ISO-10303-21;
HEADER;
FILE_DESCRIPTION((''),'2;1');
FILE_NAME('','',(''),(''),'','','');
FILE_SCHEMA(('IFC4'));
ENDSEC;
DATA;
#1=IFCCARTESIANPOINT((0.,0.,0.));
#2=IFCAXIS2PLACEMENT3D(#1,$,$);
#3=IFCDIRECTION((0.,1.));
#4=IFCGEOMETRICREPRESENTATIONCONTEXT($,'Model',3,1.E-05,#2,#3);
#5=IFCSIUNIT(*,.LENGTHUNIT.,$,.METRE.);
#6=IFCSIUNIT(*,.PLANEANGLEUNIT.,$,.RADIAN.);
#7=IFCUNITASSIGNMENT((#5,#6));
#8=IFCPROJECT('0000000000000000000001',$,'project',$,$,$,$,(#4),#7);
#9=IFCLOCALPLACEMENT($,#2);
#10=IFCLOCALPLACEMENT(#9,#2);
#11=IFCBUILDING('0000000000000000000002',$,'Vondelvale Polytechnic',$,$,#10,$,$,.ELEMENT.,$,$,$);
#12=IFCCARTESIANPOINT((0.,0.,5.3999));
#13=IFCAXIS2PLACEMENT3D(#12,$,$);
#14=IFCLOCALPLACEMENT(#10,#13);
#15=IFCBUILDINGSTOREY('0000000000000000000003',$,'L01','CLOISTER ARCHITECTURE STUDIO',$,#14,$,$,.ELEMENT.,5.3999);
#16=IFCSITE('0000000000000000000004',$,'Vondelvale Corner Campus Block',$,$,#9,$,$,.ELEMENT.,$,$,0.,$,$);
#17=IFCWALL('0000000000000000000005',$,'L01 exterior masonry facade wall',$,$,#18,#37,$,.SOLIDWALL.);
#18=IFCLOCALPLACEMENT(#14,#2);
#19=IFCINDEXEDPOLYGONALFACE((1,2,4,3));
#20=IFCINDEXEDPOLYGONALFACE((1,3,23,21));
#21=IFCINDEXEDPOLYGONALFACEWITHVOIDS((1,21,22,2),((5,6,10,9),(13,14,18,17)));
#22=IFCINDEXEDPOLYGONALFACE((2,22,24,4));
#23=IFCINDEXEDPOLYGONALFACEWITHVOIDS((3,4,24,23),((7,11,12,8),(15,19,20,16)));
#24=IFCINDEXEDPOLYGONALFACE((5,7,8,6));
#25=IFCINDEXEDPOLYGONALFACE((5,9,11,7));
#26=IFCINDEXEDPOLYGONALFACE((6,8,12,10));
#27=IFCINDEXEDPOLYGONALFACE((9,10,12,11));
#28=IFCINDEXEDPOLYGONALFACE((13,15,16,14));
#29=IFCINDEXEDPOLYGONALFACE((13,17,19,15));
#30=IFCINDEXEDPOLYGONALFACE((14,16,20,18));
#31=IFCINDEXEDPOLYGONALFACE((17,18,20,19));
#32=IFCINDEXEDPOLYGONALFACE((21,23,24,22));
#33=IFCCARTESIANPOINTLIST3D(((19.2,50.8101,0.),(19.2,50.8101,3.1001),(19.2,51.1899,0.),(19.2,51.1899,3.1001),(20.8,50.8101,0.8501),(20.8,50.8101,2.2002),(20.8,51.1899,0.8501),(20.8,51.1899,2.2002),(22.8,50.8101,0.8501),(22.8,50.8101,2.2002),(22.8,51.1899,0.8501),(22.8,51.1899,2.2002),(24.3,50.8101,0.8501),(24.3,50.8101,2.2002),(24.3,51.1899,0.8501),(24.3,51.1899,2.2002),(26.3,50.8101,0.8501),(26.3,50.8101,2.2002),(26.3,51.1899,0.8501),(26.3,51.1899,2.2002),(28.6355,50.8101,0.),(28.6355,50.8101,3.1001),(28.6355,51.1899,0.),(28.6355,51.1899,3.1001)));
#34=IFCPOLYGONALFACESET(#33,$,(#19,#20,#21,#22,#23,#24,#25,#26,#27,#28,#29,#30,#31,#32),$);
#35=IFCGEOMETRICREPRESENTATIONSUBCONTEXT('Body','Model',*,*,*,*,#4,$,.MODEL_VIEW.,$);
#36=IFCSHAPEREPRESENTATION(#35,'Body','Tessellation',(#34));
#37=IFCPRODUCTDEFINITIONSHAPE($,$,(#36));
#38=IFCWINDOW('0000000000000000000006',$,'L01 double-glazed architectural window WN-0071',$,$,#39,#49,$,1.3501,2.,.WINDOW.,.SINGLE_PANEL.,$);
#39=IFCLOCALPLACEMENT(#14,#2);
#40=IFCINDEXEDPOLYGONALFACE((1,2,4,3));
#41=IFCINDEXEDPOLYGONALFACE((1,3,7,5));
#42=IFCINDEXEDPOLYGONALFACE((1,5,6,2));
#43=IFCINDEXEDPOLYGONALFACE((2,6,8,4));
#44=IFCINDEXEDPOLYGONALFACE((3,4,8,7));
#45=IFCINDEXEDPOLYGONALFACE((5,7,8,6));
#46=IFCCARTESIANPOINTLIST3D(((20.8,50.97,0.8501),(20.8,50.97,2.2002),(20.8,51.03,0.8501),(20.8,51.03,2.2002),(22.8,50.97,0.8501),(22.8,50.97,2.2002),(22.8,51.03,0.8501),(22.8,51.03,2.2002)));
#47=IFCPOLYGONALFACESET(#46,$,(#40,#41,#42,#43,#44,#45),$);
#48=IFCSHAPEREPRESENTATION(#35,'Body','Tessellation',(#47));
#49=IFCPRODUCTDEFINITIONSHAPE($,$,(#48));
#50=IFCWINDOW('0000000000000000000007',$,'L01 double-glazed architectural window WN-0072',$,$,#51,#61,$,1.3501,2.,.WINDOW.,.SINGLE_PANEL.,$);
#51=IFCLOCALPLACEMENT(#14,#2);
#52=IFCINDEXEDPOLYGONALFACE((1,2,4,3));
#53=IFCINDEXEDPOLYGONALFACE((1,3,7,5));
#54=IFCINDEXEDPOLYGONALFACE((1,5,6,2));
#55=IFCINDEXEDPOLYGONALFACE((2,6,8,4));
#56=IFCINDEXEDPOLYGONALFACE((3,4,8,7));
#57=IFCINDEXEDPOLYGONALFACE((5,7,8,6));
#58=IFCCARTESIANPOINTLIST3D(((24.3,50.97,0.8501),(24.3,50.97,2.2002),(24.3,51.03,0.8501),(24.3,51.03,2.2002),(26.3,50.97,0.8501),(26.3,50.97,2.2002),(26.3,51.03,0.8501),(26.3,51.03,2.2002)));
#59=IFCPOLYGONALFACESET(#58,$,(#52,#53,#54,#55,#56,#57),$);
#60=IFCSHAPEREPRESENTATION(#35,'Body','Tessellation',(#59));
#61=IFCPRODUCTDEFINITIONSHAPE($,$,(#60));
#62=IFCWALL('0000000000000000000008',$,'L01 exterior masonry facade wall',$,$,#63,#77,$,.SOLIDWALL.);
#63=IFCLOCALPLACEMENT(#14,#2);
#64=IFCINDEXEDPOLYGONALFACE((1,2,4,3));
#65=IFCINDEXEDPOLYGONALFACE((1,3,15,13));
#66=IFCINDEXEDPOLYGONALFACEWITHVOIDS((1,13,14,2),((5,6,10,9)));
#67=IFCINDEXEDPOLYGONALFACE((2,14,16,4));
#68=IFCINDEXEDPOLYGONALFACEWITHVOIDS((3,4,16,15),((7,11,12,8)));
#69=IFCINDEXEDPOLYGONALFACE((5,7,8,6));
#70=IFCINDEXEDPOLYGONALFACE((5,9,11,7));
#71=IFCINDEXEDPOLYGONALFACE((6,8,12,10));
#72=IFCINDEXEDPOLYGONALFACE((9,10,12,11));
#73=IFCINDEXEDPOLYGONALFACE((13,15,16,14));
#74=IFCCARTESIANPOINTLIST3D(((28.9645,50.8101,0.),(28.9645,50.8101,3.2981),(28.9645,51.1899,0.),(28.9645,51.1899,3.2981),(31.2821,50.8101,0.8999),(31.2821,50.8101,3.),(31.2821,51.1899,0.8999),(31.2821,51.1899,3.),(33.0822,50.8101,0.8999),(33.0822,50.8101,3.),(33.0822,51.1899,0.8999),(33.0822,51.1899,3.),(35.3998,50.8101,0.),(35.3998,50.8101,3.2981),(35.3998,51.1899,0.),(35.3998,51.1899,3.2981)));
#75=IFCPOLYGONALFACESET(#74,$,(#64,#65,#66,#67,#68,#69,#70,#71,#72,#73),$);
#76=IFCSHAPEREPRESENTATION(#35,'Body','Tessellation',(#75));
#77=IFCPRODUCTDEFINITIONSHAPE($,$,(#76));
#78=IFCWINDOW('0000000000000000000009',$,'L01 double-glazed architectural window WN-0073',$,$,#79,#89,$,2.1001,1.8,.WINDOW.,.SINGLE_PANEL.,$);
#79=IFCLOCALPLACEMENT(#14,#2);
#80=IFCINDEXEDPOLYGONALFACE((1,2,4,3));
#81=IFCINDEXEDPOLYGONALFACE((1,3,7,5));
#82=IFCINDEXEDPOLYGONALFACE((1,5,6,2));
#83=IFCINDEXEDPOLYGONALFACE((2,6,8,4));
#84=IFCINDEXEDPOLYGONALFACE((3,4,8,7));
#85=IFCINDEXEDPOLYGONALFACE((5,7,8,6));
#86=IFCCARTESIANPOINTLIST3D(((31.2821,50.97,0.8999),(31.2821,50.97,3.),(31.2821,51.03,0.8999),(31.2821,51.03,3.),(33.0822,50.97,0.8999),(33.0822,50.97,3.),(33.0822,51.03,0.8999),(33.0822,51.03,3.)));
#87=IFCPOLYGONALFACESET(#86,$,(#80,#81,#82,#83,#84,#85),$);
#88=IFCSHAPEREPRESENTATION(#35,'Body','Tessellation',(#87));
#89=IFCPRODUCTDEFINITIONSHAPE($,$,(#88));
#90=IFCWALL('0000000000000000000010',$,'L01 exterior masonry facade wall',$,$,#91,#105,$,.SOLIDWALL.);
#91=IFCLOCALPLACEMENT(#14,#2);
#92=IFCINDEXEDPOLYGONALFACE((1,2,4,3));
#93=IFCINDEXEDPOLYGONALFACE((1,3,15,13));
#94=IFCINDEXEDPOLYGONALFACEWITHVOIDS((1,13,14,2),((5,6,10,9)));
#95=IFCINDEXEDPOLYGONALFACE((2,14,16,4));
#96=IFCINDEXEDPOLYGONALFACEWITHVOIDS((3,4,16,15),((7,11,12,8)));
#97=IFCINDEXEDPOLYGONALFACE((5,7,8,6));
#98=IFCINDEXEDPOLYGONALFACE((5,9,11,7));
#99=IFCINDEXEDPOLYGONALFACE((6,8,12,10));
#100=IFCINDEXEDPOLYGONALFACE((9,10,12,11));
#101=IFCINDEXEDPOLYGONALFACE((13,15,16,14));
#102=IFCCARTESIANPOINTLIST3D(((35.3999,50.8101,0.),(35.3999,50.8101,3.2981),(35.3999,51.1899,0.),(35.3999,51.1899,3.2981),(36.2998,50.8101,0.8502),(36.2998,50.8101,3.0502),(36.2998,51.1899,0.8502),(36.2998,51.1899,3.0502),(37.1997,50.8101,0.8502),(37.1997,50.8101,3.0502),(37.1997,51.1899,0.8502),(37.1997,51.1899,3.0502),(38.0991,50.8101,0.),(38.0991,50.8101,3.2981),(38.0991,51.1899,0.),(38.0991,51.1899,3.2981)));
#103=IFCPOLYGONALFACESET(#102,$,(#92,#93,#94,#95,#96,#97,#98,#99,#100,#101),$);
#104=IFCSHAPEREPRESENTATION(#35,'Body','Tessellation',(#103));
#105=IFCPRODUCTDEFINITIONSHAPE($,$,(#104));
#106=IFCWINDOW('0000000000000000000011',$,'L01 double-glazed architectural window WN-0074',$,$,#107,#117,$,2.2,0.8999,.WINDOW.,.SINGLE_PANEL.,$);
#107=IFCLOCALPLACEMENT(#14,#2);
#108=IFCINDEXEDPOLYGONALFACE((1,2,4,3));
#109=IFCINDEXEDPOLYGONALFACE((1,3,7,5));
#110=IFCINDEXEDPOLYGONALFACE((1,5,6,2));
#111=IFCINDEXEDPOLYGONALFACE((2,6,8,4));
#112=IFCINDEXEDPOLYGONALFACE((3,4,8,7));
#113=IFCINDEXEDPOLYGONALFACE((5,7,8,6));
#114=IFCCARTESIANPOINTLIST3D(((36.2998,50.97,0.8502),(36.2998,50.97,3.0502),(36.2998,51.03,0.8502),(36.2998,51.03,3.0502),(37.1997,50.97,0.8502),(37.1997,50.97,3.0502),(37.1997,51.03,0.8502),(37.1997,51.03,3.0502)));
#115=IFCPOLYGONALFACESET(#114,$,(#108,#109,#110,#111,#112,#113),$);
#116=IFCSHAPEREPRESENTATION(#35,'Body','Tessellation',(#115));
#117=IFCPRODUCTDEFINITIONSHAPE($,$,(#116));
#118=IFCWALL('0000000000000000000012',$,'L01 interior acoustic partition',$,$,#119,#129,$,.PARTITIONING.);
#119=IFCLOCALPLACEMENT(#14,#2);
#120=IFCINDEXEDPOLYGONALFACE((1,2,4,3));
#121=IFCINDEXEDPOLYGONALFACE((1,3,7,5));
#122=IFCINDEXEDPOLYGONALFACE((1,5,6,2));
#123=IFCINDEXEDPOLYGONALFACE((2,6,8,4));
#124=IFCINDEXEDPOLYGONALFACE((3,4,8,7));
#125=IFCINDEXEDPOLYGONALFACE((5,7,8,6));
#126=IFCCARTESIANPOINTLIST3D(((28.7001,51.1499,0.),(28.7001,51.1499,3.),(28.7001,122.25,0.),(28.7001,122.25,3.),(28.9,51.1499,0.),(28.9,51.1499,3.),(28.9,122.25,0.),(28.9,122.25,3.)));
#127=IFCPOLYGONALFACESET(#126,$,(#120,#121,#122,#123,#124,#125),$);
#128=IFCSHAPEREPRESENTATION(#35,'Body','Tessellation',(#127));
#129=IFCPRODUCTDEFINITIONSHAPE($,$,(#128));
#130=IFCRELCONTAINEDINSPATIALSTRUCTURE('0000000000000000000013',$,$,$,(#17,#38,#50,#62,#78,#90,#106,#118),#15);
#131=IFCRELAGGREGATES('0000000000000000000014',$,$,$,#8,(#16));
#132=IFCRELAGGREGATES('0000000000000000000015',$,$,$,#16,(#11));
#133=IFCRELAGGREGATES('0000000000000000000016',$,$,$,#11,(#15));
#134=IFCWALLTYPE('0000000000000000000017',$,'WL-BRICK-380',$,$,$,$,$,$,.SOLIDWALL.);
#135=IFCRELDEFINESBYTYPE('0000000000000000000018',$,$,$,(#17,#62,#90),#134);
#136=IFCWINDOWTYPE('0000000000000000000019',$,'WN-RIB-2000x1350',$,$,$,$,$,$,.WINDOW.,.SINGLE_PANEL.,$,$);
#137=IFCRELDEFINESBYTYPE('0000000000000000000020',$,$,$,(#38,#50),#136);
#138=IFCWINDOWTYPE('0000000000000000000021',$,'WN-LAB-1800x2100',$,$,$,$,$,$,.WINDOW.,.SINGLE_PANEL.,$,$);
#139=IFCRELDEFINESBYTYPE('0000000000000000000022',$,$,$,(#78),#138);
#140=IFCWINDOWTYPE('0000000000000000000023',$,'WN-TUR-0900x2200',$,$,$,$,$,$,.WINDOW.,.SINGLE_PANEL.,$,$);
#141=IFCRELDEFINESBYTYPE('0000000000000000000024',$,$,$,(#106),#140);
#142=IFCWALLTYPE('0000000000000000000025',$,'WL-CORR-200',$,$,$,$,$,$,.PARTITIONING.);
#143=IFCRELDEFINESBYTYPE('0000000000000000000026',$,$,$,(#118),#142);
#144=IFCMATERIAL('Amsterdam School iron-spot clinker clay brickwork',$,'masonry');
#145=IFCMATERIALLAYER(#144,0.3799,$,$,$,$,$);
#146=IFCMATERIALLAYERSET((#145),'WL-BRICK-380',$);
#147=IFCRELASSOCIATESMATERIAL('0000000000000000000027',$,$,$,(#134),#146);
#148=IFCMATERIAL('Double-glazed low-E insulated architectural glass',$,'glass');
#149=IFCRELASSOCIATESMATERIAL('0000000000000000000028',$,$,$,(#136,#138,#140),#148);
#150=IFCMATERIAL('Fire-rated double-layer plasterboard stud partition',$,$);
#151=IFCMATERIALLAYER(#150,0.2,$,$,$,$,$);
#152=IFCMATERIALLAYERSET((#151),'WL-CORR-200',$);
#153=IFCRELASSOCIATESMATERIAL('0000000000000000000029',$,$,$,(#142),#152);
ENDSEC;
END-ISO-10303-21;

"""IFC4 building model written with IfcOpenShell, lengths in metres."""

from ifc_helpers import new_model, si_unit, direction, frame, frame_2d, origin, place, context, subcontext, project, spatial, rectangle, extrude, material, layer, layer_set, type_object, element, fill, save


model = new_model("IFC4")

# Units and contexts
model_context = context("Model", 3, precision=1e-05, world=origin(), true_north=direction((0.0, 1.0)))
body_context = subcontext(model_context, "Body", "Model", "MODEL_VIEW")
ifc_project = project(units=[si_unit("LENGTHUNIT", "METRE"), si_unit("PLANEANGLEUNIT", "RADIAN")], contexts=[model_context])

# Site, building, storey
site_placement = place(None, origin())
site = spatial("IfcSite", under=ifc_project, at=site_placement, Name="Vondelvale Corner Campus Block", CompositionType="ELEMENT", RefElevation=0.0)
building_placement = place(site_placement, origin())
building = spatial("IfcBuilding", under=site, at=building_placement, Name="Vondelvale Polytechnic", CompositionType="ELEMENT")
storey_placement = place(building_placement, frame((0.0, 0.0, 5.3999)))
storey = spatial("IfcBuildingStorey", under=building, at=storey_placement, Name="L01", Description="CLOISTER ARCHITECTURE STUDIO", CompositionType="ELEMENT", Elevation=5.3999)

# Wall, openings, windows
ifc_material_1 = material(Name="Amsterdam School iron-spot clinker clay brickwork", Category="masonry")
ifc_layer_1 = layer(ifc_material_1, 0.3799)
ifc_layer_set_1 = layer_set([ifc_layer_1], Name="WL-BRICK-380")
wall_type_1 = type_object("IfcWallType", Name="WL-BRICK-380", PredefinedType="SOLIDWALL", material=ifc_layer_set_1)
wall_1_placement = place(storey_placement, frame((28.6355, 51.0, 0.0), z_axis=(0.0, 0.0, 1.0), x_axis=(-1.0, 0.0, 0.0)))
wall_1 = element("IfcWall", 1, at=wall_1_placement, inside=storey, type_object=wall_type_1, Name="L01 exterior masonry facade wall", PredefinedType="SOLIDWALL", context=body_context, shape_type="SweptSolid", body=[
    extrude(rectangle(XDim=9.4355, YDim=0.3799, at=frame_2d((4.7178, 0.0))), origin(), (0.0, 0.0, 1.0), 3.1001),
])
opening_1_placement = place(wall_1_placement, frame((5.8354, 0.0, 0.8501)))
opening_1 = element("IfcOpeningElement", 2, at=opening_1_placement, cuts=wall_1, PredefinedType="OPENING", context=body_context, shape_type="SweptSolid", body=[
    extrude(rectangle(XDim=2.0, YDim=1.3501, at=frame_2d((1.0, 0.675))), frame((0.0, 0.2, 0.0), z_axis=(0.0, -1.0, 0.0), x_axis=(1.0, 0.0, 0.0)), (0.0, 0.0, 1.0), 0.3999),
])
opening_2_placement = place(wall_1_placement, frame((2.3354, 0.0, 0.8501)))
opening_2 = element("IfcOpeningElement", 3, at=opening_2_placement, cuts=wall_1, PredefinedType="OPENING", context=body_context, shape_type="SweptSolid", body=[
    extrude(rectangle(XDim=2.0, YDim=1.3501, at=frame_2d((1.0, 0.675))), frame((0.0, 0.2, 0.0), z_axis=(0.0, -1.0, 0.0), x_axis=(1.0, 0.0, 0.0)), (0.0, 0.0, 1.0), 0.3999),
])
ifc_material_2 = material(Name="Double-glazed low-E insulated architectural glass", Category="glass")
window_type_1 = type_object("IfcWindowType", Name="WN-RIB-2000x1350", PartitioningType="SINGLE_PANEL", PredefinedType="WINDOW", material=ifc_material_2)
window_1_placement = place(opening_1_placement, origin())
window_1 = element("IfcWindow", 4, at=window_1_placement, inside=storey, type_object=window_type_1, Name="L01 double-glazed architectural window WN-0071", OverallHeight=1.3501, OverallWidth=2.0, PartitioningType="SINGLE_PANEL", PredefinedType="WINDOW", context=body_context, shape_type="SweptSolid", body=[
    extrude(rectangle(XDim=2.0, YDim=1.3501, at=frame_2d((1.0, 0.675))), frame((0.0, 0.03, 0.0), z_axis=(0.0, -1.0, 0.0), x_axis=(1.0, 0.0, 0.0)), (0.0, 0.0, 1.0), 0.0601),
])
fill(opening_1, window_1)
window_2_placement = place(opening_2_placement, origin())
window_2 = element("IfcWindow", 5, at=window_2_placement, inside=storey, type_object=window_type_1, Name="L01 double-glazed architectural window WN-0072", OverallHeight=1.3501, OverallWidth=2.0, PartitioningType="SINGLE_PANEL", PredefinedType="WINDOW", context=body_context, shape_type="SweptSolid", body=[
    extrude(rectangle(XDim=2.0, YDim=1.3501, at=frame_2d((1.0, 0.675))), frame((0.0, 0.03, 0.0), z_axis=(0.0, -1.0, 0.0), x_axis=(1.0, 0.0, 0.0)), (0.0, 0.0, 1.0), 0.0601),
])
fill(opening_2, window_2)

# Walls, openings, windows
wall_2_placement = place(storey_placement, frame((35.3999, 51.0, 0.0), z_axis=(0.0, 0.0, 1.0), x_axis=(-1.0, 0.0, 0.0)))
wall_2 = element("IfcWall", 6, at=wall_2_placement, inside=storey, type_object=wall_type_1, Name="L01 exterior masonry facade wall", PredefinedType="SOLIDWALL", context=body_context, shape_type="SweptSolid", body=[
    extrude(rectangle(XDim=6.4353, YDim=0.3799, at=frame_2d((3.2178, 0.0))), origin(), (0.0, 0.0, 1.0), 3.2981),
])
opening_3_placement = place(wall_2_placement, frame((2.3179, 0.0, 0.8999)))
opening_3 = element("IfcOpeningElement", 7, at=opening_3_placement, cuts=wall_2, PredefinedType="OPENING", context=body_context, shape_type="SweptSolid", body=[
    extrude(rectangle(XDim=1.8, YDim=2.1001, at=frame_2d((0.8999, 1.05))), frame((0.0, 0.2, 0.0), z_axis=(0.0, -1.0, 0.0), x_axis=(1.0, 0.0, 0.0)), (0.0, 0.0, 1.0), 0.3999),
])
window_type_2 = type_object("IfcWindowType", Name="WN-LAB-1800x2100", PartitioningType="SINGLE_PANEL", PredefinedType="WINDOW", material=ifc_material_2)
window_3_placement = place(opening_3_placement, origin())
window_3 = element("IfcWindow", 8, at=window_3_placement, inside=storey, type_object=window_type_2, Name="L01 double-glazed architectural window WN-0073", OverallHeight=2.1001, OverallWidth=1.8, PartitioningType="SINGLE_PANEL", PredefinedType="WINDOW", context=body_context, shape_type="SweptSolid", body=[
    extrude(rectangle(XDim=1.8, YDim=2.1001, at=frame_2d((0.8999, 1.05))), frame((0.0, 0.03, 0.0), z_axis=(0.0, -1.0, 0.0), x_axis=(1.0, 0.0, 0.0)), (0.0, 0.0, 1.0), 0.0601),
])
fill(opening_3, window_3)
wall_3_placement = place(storey_placement, frame((38.0991, 51.0, 0.0), z_axis=(0.0, 0.0, 1.0), x_axis=(-1.0, 0.0, 0.0)))
wall_3 = element("IfcWall", 9, at=wall_3_placement, inside=storey, type_object=wall_type_1, Name="L01 exterior masonry facade wall", PredefinedType="SOLIDWALL", context=body_context, shape_type="SweptSolid", body=[
    extrude(rectangle(XDim=2.6992, YDim=0.3799, at=frame_2d((1.3496, 0.0))), origin(), (0.0, 0.0, 1.0), 3.2981),
])
opening_4_placement = place(wall_3_placement, frame((0.8994, 0.0, 0.8501)))
opening_4 = element("IfcOpeningElement", 10, at=opening_4_placement, cuts=wall_3, PredefinedType="OPENING", context=body_context, shape_type="SweptSolid", body=[
    extrude(rectangle(XDim=0.8999, YDim=2.2, at=frame_2d((0.45, 1.1001))), frame((0.0, 0.2, 0.0), z_axis=(0.0, -1.0, 0.0), x_axis=(1.0, 0.0, 0.0)), (0.0, 0.0, 1.0), 0.3999),
])
window_type_3 = type_object("IfcWindowType", Name="WN-TUR-0900x2200", PartitioningType="SINGLE_PANEL", PredefinedType="WINDOW", material=ifc_material_2)
window_4_placement = place(opening_4_placement, origin())
window_4 = element("IfcWindow", 11, at=window_4_placement, inside=storey, type_object=window_type_3, Name="L01 double-glazed architectural window WN-0074", OverallHeight=2.2, OverallWidth=0.8999, PartitioningType="SINGLE_PANEL", PredefinedType="WINDOW", context=body_context, shape_type="SweptSolid", body=[
    extrude(rectangle(XDim=0.8999, YDim=2.2, at=frame_2d((0.45, 1.1001))), frame((0.0, 0.03, 0.0), z_axis=(0.0, -1.0, 0.0), x_axis=(1.0, 0.0, 0.0)), (0.0, 0.0, 1.0), 0.0601),
])
fill(opening_4, window_4)

# Wall
ifc_material_3 = material(Name="Fire-rated double-layer plasterboard stud partition")
ifc_layer_2 = layer(ifc_material_3, 0.2)
ifc_layer_set_2 = layer_set([ifc_layer_2], Name="WL-CORR-200")
wall_type_2 = type_object("IfcWallType", Name="WL-CORR-200", PredefinedType="PARTITIONING", material=ifc_layer_set_2)
wall_4_placement = place(storey_placement, frame((28.8, 51.1499, 0.0), z_axis=(0.0, 0.0, 1.0), x_axis=(0.0, 1.0, 0.0)))
element("IfcWall", 12, at=wall_4_placement, inside=storey, type_object=wall_type_2, Name="L01 interior acoustic partition", PredefinedType="PARTITIONING", context=body_context, shape_type="SweptSolid", body=[
    extrude(rectangle(XDim=71.1001, YDim=0.2, at=frame_2d((35.55, 0.0))), origin(), (0.0, 0.0, 1.0), 3.0),
])

save(model, "model.ifc")
